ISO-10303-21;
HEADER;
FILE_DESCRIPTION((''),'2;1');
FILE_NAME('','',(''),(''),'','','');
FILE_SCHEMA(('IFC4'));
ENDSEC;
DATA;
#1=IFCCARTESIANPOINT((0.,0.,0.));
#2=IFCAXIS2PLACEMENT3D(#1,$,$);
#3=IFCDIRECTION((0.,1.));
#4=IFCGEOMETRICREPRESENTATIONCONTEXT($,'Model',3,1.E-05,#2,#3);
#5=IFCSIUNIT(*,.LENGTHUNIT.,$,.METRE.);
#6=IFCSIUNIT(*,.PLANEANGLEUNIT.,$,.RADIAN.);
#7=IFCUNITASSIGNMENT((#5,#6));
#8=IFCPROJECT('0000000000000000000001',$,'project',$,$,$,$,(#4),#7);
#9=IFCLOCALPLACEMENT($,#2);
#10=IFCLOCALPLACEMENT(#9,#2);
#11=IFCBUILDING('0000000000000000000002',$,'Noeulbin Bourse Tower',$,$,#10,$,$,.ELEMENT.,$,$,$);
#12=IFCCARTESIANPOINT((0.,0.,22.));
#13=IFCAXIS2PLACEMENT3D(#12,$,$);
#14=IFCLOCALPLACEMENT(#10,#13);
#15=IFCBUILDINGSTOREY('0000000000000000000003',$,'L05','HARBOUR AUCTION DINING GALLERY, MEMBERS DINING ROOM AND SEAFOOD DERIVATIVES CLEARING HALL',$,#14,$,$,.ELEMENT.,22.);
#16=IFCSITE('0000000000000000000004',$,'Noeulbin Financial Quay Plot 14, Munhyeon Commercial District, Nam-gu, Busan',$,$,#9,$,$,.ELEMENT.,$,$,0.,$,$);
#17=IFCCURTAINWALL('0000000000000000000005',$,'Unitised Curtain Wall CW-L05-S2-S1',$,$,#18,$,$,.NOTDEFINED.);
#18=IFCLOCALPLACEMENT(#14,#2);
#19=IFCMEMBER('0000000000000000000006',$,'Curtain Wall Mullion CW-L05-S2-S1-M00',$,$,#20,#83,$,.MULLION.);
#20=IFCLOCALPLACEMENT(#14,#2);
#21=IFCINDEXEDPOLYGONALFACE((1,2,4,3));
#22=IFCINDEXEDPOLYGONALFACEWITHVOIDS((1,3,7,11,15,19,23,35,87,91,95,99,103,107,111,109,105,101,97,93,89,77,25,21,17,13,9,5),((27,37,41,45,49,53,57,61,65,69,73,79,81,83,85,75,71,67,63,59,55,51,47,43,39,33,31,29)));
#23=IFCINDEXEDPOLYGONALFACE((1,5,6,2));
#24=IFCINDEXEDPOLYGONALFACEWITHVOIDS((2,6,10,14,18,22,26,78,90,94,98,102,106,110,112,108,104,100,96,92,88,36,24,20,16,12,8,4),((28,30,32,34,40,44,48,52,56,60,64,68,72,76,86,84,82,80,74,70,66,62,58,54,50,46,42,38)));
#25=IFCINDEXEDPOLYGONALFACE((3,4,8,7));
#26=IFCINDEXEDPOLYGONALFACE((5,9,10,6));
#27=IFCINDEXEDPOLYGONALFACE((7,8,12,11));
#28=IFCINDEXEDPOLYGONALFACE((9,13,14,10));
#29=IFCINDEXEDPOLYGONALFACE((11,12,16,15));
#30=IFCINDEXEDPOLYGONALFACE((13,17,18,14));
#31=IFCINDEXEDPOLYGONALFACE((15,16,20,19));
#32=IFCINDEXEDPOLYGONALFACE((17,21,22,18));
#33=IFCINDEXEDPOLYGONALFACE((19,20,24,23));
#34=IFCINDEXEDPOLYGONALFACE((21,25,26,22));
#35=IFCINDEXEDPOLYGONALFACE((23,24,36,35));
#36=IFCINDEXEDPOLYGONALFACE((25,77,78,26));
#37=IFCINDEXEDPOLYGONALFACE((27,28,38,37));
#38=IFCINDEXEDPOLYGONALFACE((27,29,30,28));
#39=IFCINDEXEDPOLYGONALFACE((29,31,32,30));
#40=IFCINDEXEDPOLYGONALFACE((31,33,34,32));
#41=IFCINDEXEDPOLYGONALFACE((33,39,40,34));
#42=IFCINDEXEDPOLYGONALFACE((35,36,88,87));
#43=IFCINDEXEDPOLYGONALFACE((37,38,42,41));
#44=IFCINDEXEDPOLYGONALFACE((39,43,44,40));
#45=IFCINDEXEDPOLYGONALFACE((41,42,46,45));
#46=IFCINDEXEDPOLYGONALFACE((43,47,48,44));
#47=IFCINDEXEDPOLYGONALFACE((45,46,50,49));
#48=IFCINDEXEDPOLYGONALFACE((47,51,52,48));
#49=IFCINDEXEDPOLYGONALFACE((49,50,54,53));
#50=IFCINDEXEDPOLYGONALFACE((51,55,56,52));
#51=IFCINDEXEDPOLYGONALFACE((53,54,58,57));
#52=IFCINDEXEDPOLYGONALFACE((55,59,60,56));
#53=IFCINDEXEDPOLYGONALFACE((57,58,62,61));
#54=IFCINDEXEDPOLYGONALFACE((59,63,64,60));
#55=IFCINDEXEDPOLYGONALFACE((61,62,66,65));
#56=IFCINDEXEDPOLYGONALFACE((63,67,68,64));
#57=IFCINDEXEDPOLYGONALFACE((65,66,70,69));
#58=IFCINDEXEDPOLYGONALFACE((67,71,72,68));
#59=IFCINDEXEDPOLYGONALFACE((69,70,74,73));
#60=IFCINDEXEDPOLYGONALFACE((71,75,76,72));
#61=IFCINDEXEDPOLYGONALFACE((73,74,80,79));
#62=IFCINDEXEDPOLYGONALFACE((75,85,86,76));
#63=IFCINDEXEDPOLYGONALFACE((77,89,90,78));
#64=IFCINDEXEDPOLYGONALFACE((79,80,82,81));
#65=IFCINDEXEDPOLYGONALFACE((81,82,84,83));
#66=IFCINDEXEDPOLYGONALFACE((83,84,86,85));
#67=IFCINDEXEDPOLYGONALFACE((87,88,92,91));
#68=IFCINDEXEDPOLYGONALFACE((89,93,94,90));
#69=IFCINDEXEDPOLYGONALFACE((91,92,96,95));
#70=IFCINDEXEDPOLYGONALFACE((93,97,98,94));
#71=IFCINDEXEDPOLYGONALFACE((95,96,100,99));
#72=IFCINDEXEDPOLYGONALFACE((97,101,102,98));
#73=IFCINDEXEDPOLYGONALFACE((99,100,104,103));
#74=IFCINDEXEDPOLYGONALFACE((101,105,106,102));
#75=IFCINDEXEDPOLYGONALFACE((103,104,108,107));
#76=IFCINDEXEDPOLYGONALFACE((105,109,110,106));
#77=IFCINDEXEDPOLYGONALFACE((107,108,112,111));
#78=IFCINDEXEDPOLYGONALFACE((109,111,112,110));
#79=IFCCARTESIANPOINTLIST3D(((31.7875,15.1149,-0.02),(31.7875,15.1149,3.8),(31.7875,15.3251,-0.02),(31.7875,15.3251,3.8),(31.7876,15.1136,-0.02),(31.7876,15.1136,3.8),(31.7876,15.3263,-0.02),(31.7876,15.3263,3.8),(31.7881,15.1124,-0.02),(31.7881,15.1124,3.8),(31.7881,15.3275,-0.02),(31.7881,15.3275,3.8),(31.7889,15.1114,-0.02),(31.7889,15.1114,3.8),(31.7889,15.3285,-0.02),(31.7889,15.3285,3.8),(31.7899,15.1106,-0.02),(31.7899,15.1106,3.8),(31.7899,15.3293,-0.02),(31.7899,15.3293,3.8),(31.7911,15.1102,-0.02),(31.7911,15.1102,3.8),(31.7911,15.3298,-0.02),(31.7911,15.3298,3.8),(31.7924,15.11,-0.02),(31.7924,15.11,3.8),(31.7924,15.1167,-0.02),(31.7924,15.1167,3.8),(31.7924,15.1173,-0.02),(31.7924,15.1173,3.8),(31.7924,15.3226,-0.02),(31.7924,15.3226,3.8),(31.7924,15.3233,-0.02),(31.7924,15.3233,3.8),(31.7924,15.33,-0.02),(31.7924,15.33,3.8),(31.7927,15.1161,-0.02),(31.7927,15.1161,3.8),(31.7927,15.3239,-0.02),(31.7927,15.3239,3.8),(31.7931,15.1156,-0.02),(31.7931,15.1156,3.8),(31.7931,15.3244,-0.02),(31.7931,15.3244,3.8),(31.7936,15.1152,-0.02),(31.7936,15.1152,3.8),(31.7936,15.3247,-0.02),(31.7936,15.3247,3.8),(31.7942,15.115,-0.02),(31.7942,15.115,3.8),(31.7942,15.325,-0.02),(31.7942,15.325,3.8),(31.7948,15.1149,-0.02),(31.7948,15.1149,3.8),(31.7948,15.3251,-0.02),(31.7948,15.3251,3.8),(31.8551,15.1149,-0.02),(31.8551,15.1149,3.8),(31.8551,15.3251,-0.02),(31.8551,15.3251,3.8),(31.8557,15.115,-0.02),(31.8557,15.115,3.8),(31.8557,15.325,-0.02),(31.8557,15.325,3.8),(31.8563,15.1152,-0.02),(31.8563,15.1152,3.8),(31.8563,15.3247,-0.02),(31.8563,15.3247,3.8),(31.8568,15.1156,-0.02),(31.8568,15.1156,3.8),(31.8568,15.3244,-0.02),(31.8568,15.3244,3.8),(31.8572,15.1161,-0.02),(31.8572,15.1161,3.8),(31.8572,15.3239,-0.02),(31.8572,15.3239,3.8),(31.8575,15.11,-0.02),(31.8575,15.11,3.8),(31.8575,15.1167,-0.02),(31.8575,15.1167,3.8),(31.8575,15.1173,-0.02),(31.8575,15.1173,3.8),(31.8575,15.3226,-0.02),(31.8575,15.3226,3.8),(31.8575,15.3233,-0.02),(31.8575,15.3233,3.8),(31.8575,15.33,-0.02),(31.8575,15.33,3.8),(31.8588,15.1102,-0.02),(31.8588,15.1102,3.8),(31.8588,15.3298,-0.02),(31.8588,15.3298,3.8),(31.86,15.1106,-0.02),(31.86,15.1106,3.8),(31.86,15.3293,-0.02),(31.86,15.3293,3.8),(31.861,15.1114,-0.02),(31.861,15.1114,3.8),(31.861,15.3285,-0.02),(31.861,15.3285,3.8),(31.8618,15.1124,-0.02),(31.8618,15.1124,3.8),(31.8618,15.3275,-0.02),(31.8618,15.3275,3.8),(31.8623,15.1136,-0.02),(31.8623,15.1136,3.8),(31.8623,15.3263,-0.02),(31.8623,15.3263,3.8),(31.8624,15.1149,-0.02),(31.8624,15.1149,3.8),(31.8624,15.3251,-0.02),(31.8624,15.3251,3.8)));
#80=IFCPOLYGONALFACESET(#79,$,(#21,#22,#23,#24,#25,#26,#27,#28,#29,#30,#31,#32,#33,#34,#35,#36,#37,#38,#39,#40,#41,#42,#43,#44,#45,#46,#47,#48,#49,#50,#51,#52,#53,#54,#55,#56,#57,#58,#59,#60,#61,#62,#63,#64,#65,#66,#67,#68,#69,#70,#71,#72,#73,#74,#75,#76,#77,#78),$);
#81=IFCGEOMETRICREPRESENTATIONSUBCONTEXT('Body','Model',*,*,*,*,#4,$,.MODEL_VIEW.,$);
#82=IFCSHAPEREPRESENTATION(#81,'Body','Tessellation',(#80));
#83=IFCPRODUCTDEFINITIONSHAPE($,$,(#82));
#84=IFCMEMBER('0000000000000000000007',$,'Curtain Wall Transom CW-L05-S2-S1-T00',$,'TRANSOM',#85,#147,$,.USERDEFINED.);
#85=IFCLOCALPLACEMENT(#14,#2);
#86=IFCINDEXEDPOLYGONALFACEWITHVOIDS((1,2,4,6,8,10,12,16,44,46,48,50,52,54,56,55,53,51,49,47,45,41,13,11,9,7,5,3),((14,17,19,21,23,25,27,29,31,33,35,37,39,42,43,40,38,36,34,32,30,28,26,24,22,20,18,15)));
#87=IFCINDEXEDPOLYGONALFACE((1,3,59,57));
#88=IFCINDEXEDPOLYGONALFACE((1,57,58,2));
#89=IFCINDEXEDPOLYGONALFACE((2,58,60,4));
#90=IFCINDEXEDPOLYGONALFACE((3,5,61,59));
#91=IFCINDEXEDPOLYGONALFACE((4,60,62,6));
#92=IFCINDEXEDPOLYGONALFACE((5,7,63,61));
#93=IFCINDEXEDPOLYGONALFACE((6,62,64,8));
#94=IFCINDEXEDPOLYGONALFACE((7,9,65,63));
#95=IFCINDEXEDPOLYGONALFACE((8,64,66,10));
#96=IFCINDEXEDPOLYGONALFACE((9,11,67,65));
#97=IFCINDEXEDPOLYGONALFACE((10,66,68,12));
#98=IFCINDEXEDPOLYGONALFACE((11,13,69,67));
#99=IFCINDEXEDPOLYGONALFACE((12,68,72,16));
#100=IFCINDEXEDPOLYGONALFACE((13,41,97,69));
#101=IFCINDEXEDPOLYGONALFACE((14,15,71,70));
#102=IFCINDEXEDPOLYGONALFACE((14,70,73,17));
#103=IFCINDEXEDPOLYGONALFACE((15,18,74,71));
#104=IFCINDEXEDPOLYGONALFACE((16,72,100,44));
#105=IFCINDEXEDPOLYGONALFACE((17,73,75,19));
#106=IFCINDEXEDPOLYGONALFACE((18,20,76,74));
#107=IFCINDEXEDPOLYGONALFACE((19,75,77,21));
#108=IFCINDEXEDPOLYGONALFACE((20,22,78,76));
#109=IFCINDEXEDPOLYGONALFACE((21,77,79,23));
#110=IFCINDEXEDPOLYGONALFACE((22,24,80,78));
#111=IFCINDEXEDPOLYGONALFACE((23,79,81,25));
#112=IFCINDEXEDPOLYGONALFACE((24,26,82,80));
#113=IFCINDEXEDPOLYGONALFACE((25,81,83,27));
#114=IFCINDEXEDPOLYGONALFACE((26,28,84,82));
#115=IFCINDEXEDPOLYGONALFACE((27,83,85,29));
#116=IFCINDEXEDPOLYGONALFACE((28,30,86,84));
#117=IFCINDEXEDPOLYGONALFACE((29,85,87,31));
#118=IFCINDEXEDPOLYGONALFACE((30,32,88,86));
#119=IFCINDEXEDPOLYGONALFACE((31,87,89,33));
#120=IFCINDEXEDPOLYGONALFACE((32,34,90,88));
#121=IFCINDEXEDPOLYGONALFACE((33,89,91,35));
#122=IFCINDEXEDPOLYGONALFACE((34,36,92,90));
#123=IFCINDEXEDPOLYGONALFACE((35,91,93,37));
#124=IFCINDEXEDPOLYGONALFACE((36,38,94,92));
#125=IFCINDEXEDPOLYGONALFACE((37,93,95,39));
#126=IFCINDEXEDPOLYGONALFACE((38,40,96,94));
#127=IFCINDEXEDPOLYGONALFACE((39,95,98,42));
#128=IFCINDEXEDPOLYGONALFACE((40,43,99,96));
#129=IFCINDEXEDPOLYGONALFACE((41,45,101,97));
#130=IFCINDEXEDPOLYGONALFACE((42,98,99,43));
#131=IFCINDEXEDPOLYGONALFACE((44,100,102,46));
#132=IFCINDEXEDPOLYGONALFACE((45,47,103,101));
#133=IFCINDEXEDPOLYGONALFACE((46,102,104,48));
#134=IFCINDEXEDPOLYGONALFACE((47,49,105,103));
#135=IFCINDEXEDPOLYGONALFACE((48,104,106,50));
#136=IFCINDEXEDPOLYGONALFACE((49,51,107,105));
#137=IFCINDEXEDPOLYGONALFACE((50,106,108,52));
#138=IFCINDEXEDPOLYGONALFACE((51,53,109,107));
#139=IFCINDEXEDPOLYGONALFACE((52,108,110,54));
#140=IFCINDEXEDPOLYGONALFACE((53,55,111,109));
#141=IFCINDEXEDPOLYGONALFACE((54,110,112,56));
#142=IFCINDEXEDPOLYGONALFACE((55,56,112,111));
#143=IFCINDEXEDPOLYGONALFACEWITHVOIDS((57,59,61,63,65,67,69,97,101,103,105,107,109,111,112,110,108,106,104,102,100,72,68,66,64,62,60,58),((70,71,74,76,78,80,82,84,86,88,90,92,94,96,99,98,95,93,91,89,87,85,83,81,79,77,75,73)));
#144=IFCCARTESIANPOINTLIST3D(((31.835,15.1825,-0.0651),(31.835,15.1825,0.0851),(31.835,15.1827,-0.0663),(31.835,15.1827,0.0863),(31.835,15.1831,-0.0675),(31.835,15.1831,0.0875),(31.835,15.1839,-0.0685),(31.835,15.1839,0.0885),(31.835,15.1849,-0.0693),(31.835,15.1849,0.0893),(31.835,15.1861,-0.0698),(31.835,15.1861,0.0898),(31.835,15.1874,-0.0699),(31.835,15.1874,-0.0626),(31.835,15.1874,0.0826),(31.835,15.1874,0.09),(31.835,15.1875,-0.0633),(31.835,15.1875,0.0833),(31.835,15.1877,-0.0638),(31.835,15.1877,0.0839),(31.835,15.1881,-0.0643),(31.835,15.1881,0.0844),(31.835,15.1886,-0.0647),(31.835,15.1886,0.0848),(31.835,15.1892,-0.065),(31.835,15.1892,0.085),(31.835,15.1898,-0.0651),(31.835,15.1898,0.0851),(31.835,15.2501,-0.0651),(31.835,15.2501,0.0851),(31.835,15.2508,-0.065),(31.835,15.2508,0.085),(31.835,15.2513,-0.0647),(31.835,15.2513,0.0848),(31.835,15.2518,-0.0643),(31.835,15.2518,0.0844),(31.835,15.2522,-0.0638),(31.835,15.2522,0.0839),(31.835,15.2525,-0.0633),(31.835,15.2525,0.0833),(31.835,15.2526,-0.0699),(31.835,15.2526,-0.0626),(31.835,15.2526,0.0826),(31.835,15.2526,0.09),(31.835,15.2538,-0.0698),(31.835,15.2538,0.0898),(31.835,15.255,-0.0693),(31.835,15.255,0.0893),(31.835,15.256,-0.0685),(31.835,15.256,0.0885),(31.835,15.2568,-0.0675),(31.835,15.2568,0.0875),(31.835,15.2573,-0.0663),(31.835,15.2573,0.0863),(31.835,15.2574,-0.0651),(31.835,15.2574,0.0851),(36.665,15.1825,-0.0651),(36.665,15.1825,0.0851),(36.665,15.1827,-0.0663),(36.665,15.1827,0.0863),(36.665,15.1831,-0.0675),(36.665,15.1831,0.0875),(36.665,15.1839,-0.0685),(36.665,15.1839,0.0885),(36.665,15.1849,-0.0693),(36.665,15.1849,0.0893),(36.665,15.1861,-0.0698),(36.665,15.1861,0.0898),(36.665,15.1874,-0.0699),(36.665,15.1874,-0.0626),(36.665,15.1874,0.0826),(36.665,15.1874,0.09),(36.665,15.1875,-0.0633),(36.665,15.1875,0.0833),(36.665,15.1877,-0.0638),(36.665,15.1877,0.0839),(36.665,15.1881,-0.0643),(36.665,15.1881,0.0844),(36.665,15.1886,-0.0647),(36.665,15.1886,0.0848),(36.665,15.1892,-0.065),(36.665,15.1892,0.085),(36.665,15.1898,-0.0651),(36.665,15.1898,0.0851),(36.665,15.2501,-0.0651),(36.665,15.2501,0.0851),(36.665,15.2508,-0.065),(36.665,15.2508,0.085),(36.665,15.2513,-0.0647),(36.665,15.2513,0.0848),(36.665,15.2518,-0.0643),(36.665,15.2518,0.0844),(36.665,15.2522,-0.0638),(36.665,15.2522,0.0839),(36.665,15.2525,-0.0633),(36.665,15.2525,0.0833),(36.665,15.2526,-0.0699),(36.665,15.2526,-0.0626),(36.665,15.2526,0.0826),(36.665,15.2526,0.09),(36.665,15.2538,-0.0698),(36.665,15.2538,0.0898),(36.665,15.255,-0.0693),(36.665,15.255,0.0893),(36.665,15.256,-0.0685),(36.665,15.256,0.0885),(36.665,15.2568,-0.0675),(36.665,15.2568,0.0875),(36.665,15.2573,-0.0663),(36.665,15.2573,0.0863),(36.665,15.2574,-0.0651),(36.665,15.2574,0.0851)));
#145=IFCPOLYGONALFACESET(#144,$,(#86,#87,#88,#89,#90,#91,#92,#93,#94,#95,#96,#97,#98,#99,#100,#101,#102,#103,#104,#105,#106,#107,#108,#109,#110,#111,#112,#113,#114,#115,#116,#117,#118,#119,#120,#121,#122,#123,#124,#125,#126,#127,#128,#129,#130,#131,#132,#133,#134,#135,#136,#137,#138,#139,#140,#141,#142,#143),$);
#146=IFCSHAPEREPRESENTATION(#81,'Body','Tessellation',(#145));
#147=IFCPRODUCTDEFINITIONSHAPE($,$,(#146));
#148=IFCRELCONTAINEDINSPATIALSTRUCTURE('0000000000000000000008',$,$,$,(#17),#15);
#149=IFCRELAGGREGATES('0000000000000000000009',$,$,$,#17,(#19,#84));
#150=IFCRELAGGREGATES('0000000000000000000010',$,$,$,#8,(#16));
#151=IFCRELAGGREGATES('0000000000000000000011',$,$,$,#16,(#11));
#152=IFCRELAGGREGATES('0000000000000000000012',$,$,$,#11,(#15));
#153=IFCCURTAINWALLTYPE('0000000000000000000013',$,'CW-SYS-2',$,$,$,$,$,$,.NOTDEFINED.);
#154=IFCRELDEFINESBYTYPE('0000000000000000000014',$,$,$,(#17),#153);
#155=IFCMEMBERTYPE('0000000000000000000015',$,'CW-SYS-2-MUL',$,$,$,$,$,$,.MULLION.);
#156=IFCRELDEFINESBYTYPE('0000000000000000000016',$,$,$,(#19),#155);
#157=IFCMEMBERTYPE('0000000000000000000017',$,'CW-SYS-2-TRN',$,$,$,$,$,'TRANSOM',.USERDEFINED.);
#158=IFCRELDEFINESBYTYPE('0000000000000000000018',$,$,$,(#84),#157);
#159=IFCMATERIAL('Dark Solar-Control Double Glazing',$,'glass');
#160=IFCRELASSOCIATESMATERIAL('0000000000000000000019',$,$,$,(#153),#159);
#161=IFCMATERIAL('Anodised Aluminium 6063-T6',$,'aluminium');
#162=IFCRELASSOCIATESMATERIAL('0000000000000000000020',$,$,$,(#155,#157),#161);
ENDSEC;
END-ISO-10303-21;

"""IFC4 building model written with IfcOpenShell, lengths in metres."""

from ifc_helpers import new_model, si_unit, direction, frame, origin, origin_2d, place, context, subcontext, project, spatial, hollow_rectangle, extrude, material, material_profile, profile_set, type_object, element, aggregate, save


model = new_model("IFC4")

# Units and contexts
model_context = context("Model", 3, precision=1e-05, world=origin(), true_north=direction((0.0, 1.0)))
body_context = subcontext(model_context, "Body", "Model", "MODEL_VIEW")
ifc_project = project(units=[si_unit("LENGTHUNIT", "METRE"), si_unit("PLANEANGLEUNIT", "RADIAN")], contexts=[model_context])

# Site, building, storey
site_placement = place(None, origin())
site = spatial("IfcSite", under=ifc_project, at=site_placement, Name="Noeulbin Financial Quay Plot 14, Munhyeon Commercial District, Nam-gu, Busan", CompositionType="ELEMENT", RefElevation=0.0)
building_placement = place(site_placement, origin())
building = spatial("IfcBuilding", under=site, at=building_placement, Name="Noeulbin Bourse Tower", CompositionType="ELEMENT")
storey_placement = place(building_placement, frame((0.0, 0.0, 22.0)))
storey = spatial("IfcBuildingStorey", under=building, at=storey_placement, Name="L05", Description="HARBOUR AUCTION DINING GALLERY, MEMBERS DINING ROOM AND SEAFOOD DERIVATIVES CLEARING HALL", CompositionType="ELEMENT", Elevation=22.0)

# Curtain wall, members
ifc_material_1 = material(Name="Dark Solar-Control Double Glazing", Category="glass")
curtain_wall_type = type_object("IfcCurtainWallType", Name="CW-SYS-2", PredefinedType="NOTDEFINED", material=ifc_material_1)
ifc_material_2 = material(Name="Anodised Aluminium 6063-T6", Category="aluminium")
ifc_material_profile_1 = material_profile(ifc_material_2, hollow_rectangle(XDim=0.075, YDim=0.22, WallThickness=0.0049, InnerFilletRadius=0.0024, OuterFilletRadius=0.0049, at=origin_2d()), Name="ALU-MULL-75x220x5", Category="LoadBearing")
ifc_profile_set_1 = profile_set([ifc_material_profile_1], Name="Anodised Aluminium 6063-T6")
member_type_1 = type_object("IfcMemberType", Name="CW-SYS-2-MUL", PredefinedType="MULLION", material=ifc_profile_set_1)
curtain_wall_1_placement = place(storey_placement, origin())
curtain_wall_1 = element("IfcCurtainWall", 1, at=curtain_wall_1_placement, inside=storey, type_object=curtain_wall_type, Name="Unitised Curtain Wall CW-L05-S2-S1", PredefinedType="NOTDEFINED")
member_1_placement = place(storey_placement, frame((31.825, 15.22, -0.02), z_axis=(0.0, 0.0, 1.0), x_axis=(1.0, 0.0, 0.0)))
member_1 = element("IfcMember", 2, at=member_1_placement, type_object=member_type_1, Name="Curtain Wall Mullion CW-L05-S2-S1-M00", PredefinedType="MULLION", context=body_context, shape_type="SweptSolid", body=[
    extrude(hollow_rectangle(XDim=0.075, YDim=0.22, WallThickness=0.0049, InnerFilletRadius=0.0024, OuterFilletRadius=0.0049, at=origin_2d()), origin(), (0.0, 0.0, 1.0), 3.8201),
])
ifc_material_profile_2 = material_profile(ifc_material_2, hollow_rectangle(XDim=0.075, YDim=0.1599, WallThickness=0.0049, InnerFilletRadius=0.0024, OuterFilletRadius=0.0049, at=origin_2d()), Name="ALU-TRAN-75x160x5", Category="LoadBearing")
ifc_profile_set_2 = profile_set([ifc_material_profile_2], Name="Anodised Aluminium 6063-T6")
member_type_2 = type_object("IfcMemberType", Name="CW-SYS-2-TRN", ElementType="TRANSOM", PredefinedType="USERDEFINED", material=ifc_profile_set_2)
member_2_placement = place(storey_placement, frame((31.835, 15.22, 0.01), z_axis=(1.0, 0.0, 0.0), x_axis=(0.0, 1.0, 0.0)))
member_2 = element("IfcMember", 3, at=member_2_placement, type_object=member_type_2, Name="Curtain Wall Transom CW-L05-S2-S1-T00", ObjectType="TRANSOM", PredefinedType="USERDEFINED", context=body_context, shape_type="SweptSolid", body=[
    extrude(hollow_rectangle(XDim=0.075, YDim=0.1599, WallThickness=0.0049, InnerFilletRadius=0.0024, OuterFilletRadius=0.0049, at=origin_2d()), origin(), (0.0, 0.0, 1.0), 4.8301),
])
aggregate(curtain_wall_1, [member_1, member_2])

save(model, "model.ifc")
